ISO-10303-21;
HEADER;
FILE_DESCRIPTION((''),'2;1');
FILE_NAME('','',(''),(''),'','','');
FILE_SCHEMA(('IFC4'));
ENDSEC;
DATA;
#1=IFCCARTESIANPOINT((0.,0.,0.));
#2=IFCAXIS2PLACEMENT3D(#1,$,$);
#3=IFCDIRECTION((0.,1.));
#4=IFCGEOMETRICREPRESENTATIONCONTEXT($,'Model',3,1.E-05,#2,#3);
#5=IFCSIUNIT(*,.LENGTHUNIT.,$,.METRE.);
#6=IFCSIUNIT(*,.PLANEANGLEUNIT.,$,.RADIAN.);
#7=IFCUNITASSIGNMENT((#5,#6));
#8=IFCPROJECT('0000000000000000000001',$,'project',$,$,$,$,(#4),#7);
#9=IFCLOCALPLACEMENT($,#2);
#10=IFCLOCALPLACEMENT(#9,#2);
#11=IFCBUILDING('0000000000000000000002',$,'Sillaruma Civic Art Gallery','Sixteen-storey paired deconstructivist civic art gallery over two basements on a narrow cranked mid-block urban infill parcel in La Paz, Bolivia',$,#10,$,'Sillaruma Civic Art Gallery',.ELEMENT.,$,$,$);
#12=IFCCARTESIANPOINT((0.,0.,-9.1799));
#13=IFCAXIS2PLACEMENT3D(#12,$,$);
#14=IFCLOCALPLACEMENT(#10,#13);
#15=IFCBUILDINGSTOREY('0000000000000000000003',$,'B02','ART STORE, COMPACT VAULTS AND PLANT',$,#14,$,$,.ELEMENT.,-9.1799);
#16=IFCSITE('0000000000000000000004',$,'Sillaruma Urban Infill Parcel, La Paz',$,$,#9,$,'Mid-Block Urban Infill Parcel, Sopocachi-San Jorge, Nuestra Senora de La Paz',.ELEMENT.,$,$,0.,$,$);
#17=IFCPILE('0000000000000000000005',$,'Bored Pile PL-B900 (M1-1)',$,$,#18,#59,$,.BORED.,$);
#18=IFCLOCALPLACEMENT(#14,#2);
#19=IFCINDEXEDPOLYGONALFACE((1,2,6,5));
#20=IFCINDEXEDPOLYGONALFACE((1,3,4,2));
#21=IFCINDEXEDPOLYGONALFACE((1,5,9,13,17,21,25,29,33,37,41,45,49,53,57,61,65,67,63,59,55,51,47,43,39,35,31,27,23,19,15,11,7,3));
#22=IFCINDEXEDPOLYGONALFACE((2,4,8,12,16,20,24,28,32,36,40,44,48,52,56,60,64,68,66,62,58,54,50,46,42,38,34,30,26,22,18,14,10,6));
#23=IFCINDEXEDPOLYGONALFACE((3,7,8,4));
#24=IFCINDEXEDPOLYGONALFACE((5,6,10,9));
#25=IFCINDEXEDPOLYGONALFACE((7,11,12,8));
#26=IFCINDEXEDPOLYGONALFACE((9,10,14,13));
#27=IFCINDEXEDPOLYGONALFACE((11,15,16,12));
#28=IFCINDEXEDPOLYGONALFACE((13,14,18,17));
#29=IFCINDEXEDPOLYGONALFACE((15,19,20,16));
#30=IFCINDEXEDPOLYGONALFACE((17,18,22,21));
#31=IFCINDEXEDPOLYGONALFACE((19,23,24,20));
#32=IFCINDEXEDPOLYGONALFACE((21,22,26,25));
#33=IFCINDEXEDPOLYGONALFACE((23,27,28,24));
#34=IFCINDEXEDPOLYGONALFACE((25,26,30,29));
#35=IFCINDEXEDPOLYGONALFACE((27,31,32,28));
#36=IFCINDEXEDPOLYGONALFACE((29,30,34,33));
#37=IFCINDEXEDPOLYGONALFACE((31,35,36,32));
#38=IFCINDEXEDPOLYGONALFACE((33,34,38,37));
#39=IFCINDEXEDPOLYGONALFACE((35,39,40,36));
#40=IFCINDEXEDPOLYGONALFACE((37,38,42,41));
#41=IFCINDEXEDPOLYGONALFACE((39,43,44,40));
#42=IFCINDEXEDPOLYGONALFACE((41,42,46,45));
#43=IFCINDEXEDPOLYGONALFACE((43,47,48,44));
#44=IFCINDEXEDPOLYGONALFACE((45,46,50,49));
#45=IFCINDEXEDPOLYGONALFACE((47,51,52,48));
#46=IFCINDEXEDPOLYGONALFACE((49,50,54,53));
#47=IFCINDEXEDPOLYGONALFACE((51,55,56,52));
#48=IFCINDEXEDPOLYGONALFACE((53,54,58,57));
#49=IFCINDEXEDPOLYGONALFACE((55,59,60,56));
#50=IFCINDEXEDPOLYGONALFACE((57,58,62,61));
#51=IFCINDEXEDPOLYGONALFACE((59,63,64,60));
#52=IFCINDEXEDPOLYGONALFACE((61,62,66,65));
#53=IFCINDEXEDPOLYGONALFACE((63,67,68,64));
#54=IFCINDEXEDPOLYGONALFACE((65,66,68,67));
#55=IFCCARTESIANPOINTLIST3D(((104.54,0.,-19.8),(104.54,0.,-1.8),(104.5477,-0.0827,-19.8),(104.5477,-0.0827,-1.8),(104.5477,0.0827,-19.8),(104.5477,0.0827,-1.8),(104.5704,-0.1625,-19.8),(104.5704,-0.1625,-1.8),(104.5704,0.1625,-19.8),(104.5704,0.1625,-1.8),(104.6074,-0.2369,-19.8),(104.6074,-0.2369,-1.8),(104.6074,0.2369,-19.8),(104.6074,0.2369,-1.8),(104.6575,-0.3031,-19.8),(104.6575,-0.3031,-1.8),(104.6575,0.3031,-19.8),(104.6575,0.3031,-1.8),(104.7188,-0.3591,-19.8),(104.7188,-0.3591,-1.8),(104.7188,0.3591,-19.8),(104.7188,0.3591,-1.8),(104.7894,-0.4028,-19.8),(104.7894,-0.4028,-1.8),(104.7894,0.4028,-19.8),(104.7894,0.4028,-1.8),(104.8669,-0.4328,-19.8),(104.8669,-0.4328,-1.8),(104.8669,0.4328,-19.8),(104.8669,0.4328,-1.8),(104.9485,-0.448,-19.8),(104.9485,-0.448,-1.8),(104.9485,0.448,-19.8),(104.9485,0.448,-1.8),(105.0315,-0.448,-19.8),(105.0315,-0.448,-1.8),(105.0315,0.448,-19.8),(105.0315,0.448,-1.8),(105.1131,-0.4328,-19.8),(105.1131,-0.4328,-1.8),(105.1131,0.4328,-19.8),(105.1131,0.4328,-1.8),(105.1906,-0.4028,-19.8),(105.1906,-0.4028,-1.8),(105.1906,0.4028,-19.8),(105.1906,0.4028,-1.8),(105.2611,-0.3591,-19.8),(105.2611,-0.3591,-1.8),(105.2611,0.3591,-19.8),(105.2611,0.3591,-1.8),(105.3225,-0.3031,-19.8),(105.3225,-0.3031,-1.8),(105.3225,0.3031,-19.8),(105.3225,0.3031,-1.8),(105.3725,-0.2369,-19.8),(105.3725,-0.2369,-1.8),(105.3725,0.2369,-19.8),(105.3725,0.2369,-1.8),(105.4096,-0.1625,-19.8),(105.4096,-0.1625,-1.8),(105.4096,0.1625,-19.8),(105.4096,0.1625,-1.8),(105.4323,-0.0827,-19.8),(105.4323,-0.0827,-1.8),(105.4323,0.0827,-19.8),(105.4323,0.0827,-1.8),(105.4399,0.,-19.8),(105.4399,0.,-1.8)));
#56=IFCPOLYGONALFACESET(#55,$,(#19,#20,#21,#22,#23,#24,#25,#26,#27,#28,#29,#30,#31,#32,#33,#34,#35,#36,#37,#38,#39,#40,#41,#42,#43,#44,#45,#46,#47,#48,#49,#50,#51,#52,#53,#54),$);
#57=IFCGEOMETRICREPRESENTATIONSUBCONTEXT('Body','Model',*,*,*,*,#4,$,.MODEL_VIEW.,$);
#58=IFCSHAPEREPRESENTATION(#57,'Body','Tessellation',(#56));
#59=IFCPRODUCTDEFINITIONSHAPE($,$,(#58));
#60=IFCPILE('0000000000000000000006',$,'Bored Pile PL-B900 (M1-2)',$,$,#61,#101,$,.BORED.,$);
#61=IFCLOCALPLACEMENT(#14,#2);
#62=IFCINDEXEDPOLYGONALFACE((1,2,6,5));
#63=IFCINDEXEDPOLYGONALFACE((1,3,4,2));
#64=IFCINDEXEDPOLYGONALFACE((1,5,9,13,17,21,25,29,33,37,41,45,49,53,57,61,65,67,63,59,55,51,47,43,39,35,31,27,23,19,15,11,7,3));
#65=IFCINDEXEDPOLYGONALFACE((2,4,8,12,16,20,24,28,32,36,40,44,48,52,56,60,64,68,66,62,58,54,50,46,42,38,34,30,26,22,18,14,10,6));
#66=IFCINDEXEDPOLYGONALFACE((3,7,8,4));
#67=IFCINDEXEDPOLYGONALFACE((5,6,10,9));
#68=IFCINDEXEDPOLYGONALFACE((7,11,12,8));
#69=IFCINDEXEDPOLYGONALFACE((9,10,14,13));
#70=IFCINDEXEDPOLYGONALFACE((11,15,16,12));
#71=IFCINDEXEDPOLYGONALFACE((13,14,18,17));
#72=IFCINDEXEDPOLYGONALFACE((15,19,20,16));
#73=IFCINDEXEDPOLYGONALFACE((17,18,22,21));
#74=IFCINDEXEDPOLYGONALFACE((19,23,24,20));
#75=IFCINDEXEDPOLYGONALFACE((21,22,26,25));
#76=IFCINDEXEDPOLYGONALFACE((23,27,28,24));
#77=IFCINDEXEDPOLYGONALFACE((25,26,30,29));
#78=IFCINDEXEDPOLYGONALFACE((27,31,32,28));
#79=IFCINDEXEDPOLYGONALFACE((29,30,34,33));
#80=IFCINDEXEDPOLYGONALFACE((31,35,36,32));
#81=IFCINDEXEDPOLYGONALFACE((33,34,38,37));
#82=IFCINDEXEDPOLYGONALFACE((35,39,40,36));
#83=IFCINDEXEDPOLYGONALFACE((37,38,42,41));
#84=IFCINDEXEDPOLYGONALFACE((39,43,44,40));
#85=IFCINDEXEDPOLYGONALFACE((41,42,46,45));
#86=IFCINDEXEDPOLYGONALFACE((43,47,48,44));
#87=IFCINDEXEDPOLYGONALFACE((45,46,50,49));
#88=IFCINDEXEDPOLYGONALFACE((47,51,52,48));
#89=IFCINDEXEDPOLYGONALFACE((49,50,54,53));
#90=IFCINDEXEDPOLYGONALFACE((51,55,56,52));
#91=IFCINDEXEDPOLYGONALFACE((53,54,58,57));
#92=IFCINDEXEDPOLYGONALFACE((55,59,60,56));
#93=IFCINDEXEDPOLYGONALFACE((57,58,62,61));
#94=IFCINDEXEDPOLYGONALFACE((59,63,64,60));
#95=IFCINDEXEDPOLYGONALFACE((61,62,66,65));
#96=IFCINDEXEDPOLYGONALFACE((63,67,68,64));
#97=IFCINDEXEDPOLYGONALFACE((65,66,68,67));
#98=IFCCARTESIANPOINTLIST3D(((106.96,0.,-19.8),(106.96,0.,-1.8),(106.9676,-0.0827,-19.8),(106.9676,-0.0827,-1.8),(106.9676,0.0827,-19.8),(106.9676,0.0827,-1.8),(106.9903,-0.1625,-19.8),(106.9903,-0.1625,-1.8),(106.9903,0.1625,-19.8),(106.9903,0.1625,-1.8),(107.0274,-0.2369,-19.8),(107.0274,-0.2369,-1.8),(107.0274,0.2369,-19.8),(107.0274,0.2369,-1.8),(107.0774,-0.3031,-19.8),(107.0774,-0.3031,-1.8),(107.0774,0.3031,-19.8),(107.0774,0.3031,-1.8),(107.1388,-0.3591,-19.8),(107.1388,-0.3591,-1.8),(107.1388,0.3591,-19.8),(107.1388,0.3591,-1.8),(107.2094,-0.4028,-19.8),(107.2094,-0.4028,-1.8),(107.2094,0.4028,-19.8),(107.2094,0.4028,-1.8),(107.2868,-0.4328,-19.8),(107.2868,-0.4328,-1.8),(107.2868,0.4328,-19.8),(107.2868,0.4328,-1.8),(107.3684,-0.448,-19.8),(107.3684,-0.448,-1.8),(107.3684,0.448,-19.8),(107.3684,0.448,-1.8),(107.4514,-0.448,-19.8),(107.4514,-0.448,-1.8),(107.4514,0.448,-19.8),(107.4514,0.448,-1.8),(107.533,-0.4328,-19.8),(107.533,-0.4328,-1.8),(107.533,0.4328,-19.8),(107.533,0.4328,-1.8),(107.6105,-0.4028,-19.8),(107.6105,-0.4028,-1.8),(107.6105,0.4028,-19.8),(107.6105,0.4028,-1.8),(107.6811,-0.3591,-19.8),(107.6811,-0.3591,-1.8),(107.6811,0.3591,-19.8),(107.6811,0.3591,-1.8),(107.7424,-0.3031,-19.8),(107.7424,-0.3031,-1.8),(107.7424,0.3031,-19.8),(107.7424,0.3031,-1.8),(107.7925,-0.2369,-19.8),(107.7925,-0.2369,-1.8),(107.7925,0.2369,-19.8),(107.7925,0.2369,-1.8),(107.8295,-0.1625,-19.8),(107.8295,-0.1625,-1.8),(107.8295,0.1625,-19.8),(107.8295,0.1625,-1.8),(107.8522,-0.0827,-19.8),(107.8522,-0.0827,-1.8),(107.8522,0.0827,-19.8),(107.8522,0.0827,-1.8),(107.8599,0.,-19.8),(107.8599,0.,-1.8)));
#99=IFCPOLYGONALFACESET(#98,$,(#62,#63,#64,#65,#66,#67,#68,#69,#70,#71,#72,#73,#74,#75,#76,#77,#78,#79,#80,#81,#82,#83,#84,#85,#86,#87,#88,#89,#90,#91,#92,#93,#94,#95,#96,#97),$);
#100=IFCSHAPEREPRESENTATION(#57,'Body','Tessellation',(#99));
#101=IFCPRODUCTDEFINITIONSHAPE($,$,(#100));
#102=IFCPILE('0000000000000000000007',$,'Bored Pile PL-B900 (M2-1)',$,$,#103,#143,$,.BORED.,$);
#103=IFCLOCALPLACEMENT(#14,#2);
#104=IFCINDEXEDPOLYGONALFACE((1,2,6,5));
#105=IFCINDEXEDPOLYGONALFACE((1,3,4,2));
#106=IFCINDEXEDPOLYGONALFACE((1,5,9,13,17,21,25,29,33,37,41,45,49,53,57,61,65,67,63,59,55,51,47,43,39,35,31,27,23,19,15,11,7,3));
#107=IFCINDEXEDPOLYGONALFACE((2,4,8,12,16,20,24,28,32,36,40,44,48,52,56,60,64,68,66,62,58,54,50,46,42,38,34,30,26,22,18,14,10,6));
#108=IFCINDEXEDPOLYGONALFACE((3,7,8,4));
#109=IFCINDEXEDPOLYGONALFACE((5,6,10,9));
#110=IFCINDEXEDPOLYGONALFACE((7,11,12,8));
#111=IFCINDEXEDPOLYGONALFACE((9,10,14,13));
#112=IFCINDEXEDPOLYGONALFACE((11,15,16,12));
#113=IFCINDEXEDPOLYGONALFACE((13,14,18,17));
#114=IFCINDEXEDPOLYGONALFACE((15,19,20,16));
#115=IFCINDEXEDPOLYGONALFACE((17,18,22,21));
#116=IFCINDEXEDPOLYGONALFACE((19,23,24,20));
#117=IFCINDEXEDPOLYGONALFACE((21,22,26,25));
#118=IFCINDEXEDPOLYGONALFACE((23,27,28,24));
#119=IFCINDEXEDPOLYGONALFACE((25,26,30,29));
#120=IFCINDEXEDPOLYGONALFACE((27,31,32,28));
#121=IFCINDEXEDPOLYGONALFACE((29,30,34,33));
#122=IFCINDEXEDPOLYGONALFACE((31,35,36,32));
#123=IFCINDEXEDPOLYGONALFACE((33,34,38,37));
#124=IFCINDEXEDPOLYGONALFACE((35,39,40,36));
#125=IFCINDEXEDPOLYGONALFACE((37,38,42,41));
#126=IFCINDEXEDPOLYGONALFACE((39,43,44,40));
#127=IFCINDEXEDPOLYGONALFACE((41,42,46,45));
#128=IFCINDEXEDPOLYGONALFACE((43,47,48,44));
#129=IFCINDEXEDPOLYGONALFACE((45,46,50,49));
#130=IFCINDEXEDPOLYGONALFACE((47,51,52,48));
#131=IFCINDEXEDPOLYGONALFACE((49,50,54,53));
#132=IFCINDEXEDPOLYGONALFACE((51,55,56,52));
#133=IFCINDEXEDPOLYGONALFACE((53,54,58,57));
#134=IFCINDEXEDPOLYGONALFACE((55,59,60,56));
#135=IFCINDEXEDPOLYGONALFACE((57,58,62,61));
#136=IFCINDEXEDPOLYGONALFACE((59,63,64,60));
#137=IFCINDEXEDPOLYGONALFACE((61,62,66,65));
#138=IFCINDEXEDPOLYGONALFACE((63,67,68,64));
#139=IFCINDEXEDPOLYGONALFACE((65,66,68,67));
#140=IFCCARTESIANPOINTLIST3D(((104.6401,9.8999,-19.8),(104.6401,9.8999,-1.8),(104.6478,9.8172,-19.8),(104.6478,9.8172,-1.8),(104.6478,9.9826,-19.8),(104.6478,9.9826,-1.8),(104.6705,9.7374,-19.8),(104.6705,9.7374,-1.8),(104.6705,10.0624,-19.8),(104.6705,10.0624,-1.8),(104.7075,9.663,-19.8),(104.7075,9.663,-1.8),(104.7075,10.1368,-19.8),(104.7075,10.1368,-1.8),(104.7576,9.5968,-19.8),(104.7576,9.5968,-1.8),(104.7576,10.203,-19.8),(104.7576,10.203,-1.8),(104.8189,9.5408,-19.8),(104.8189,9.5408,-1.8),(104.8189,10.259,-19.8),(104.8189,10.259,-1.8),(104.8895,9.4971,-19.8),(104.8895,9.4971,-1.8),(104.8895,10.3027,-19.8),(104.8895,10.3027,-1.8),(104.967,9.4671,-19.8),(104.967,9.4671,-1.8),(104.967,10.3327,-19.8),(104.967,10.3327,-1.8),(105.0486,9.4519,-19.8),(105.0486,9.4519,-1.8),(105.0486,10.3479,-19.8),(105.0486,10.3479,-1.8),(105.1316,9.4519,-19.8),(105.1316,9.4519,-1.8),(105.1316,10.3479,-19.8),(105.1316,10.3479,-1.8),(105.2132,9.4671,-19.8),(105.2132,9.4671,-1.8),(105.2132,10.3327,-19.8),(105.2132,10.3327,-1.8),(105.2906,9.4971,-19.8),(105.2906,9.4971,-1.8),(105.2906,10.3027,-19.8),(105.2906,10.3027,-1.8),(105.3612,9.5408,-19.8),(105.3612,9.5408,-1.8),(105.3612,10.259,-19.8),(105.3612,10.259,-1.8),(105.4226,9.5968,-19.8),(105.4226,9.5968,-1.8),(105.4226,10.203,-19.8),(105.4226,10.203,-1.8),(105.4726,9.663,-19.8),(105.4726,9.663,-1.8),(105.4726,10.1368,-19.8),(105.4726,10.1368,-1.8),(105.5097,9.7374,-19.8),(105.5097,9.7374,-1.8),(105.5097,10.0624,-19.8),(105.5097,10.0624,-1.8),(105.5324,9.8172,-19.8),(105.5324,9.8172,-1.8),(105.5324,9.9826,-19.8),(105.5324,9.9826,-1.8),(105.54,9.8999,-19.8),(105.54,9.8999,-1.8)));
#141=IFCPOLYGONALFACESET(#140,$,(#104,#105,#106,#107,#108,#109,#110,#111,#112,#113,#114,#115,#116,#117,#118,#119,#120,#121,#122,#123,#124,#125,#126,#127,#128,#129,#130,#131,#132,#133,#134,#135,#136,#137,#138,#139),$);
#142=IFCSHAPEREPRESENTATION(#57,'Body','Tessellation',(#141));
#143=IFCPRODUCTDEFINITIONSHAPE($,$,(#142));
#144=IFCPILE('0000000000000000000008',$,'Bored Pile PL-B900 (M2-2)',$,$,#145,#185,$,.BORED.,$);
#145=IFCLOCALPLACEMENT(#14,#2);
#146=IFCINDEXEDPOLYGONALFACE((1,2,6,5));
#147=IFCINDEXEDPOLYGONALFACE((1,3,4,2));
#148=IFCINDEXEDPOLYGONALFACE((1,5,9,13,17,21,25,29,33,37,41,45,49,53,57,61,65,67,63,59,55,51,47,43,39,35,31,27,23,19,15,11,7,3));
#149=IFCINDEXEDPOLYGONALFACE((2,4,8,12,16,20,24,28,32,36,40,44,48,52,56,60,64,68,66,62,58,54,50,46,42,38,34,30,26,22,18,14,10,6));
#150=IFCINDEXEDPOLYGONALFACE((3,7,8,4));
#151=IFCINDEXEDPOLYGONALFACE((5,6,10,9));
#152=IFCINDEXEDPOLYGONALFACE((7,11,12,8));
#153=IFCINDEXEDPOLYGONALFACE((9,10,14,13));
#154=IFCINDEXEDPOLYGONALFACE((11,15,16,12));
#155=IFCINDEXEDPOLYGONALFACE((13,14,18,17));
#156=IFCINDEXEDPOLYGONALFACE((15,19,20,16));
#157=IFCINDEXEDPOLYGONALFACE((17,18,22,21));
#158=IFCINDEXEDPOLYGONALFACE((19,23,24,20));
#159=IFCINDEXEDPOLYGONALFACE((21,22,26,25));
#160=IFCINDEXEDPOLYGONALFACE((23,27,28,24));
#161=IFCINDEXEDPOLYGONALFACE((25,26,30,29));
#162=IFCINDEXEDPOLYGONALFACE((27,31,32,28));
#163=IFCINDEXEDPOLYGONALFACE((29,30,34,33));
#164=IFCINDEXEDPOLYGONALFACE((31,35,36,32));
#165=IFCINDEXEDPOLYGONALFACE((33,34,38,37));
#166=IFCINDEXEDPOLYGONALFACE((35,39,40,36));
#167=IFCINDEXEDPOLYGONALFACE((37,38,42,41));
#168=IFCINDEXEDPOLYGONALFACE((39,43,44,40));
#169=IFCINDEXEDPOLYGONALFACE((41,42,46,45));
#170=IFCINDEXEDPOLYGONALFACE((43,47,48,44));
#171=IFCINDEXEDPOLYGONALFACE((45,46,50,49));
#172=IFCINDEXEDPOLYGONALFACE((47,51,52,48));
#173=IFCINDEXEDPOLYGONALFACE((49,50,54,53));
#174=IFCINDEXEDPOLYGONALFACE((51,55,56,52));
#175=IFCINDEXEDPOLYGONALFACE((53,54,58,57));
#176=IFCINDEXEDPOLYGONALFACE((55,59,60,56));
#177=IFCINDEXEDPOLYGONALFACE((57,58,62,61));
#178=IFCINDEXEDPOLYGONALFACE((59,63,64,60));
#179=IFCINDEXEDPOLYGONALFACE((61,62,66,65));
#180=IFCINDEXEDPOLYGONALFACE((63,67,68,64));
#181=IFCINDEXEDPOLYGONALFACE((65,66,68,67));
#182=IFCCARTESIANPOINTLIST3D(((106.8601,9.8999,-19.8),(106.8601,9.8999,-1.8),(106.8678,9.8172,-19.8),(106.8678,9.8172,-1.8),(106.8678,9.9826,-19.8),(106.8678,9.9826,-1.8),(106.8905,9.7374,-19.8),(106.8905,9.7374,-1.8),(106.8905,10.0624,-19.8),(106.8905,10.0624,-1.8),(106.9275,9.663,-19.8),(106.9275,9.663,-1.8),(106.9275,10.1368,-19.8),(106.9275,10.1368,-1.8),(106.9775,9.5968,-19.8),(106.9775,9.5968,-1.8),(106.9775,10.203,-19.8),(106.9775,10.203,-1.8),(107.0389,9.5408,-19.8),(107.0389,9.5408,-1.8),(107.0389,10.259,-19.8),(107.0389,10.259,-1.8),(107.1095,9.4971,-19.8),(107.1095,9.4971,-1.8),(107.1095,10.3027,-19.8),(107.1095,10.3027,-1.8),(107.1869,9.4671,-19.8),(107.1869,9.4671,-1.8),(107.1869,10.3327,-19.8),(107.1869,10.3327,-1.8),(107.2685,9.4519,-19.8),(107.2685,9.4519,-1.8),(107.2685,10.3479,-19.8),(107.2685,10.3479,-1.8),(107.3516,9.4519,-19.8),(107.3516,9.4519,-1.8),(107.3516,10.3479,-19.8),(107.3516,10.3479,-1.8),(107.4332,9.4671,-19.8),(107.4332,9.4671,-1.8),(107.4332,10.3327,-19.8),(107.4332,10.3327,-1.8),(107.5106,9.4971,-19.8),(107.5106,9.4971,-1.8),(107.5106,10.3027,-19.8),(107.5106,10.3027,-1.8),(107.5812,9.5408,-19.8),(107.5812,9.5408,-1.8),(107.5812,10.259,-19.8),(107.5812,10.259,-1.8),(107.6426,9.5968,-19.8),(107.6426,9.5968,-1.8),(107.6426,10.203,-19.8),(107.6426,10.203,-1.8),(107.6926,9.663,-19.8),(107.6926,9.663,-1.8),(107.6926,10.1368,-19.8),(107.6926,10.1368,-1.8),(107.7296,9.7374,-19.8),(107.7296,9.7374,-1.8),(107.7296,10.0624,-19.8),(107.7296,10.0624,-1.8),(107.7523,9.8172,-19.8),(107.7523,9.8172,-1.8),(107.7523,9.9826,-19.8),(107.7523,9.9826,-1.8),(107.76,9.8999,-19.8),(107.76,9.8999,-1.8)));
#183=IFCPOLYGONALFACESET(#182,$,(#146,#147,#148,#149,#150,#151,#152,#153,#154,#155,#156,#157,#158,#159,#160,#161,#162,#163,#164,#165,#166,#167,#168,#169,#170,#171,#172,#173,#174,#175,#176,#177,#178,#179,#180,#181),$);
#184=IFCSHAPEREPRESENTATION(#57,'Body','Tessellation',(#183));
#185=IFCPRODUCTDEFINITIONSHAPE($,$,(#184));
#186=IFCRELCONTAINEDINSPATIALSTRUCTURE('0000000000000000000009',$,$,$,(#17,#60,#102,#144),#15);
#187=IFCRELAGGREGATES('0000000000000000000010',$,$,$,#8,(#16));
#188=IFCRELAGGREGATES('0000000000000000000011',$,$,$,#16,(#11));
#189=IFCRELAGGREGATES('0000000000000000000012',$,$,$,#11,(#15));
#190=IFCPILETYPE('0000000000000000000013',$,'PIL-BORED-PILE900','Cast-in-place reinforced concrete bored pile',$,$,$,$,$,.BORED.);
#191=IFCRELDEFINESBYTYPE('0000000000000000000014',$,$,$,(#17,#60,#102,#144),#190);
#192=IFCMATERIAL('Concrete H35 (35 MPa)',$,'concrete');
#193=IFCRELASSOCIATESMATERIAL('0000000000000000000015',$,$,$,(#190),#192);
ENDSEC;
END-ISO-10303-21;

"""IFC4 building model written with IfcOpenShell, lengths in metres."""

from ifc_helpers import new_model, si_unit, direction, frame, origin, origin_2d, place, context, subcontext, project, spatial, circle, extrude, material, material_profile, profile_set, type_object, element, save


model = new_model("IFC4")

# Units and contexts
model_context = context("Model", 3, precision=1e-05, world=origin(), true_north=direction((0.0, 1.0)))
body_context = subcontext(model_context, "Body", "Model", "MODEL_VIEW")
ifc_project = project(units=[si_unit("LENGTHUNIT", "METRE"), si_unit("PLANEANGLEUNIT", "RADIAN")], contexts=[model_context])

# Site, building, storey
site_placement = place(None, origin())
site = spatial("IfcSite", under=ifc_project, at=site_placement, Name="Sillaruma Urban Infill Parcel, La Paz", LongName="Mid-Block Urban Infill Parcel, Sopocachi-San Jorge, Nuestra Senora de La Paz", CompositionType="ELEMENT", RefElevation=0.0)
building_placement = place(site_placement, origin())
building = spatial("IfcBuilding", under=site, at=building_placement, Name="Sillaruma Civic Art Gallery", Description="Sixteen-storey paired deconstructivist civic art gallery over two basements on a narrow cranked mid-block urban infill parcel in La Paz, Bolivia", LongName="Sillaruma Civic Art Gallery", CompositionType="ELEMENT")
storey_placement = place(building_placement, frame((0.0, 0.0, -9.1799)))
storey = spatial("IfcBuildingStorey", under=building, at=storey_placement, Name="B02", Description="ART STORE, COMPACT VAULTS AND PLANT", CompositionType="ELEMENT", Elevation=-9.1799)

# Shared definitions
ifc_material_1 = material(Name="Concrete H35 (35 MPa)", Category="concrete")

# Piles
ifc_material_profile_1 = material_profile(ifc_material_1, circle(Radius=0.45, at=origin_2d()), Name="PILE900")
ifc_profile_set_1 = profile_set([ifc_material_profile_1], Name="Concrete H35 (35 MPa)")
pile_type_1 = type_object("IfcPileType", Name="PIL-BORED-PILE900", Description="Cast-in-place reinforced concrete bored pile", PredefinedType="BORED", material=ifc_profile_set_1)
for number, where, z_axis, x_axis, name in (
    (1, (104.99, 0.0, -1.8), (0.0, 0.0, -1.0), (1.0, 0.0, 0.0), "Bored Pile PL-B900 (M1-1)"),
    (2, (107.4099, 0.0, -1.8), (0.0, 0.0, -1.0), (1.0, 0.0, 0.0), "Bored Pile PL-B900 (M1-2)"),
    (3, (105.0901, 9.8999, -1.8), (0.0, 0.0, -1.0), (1.0, 0.0, 0.0), "Bored Pile PL-B900 (M2-1)"),
    (4, (107.3101, 9.8999, -1.8), (0.0, 0.0, -1.0), (1.0, 0.0, 0.0), "Bored Pile PL-B900 (M2-2)"),
):
    element("IfcPile", number, at=place(storey_placement, frame(where, z_axis=z_axis, x_axis=x_axis)), inside=storey, type_object=pile_type_1, Name=name, PredefinedType="BORED", context=body_context, shape_type="SweptSolid", body=[
        extrude(circle(Radius=0.45, at=origin_2d()), origin(), (0.0, 0.0, 1.0), 18.0),
    ])

save(model, "model.ifc")
